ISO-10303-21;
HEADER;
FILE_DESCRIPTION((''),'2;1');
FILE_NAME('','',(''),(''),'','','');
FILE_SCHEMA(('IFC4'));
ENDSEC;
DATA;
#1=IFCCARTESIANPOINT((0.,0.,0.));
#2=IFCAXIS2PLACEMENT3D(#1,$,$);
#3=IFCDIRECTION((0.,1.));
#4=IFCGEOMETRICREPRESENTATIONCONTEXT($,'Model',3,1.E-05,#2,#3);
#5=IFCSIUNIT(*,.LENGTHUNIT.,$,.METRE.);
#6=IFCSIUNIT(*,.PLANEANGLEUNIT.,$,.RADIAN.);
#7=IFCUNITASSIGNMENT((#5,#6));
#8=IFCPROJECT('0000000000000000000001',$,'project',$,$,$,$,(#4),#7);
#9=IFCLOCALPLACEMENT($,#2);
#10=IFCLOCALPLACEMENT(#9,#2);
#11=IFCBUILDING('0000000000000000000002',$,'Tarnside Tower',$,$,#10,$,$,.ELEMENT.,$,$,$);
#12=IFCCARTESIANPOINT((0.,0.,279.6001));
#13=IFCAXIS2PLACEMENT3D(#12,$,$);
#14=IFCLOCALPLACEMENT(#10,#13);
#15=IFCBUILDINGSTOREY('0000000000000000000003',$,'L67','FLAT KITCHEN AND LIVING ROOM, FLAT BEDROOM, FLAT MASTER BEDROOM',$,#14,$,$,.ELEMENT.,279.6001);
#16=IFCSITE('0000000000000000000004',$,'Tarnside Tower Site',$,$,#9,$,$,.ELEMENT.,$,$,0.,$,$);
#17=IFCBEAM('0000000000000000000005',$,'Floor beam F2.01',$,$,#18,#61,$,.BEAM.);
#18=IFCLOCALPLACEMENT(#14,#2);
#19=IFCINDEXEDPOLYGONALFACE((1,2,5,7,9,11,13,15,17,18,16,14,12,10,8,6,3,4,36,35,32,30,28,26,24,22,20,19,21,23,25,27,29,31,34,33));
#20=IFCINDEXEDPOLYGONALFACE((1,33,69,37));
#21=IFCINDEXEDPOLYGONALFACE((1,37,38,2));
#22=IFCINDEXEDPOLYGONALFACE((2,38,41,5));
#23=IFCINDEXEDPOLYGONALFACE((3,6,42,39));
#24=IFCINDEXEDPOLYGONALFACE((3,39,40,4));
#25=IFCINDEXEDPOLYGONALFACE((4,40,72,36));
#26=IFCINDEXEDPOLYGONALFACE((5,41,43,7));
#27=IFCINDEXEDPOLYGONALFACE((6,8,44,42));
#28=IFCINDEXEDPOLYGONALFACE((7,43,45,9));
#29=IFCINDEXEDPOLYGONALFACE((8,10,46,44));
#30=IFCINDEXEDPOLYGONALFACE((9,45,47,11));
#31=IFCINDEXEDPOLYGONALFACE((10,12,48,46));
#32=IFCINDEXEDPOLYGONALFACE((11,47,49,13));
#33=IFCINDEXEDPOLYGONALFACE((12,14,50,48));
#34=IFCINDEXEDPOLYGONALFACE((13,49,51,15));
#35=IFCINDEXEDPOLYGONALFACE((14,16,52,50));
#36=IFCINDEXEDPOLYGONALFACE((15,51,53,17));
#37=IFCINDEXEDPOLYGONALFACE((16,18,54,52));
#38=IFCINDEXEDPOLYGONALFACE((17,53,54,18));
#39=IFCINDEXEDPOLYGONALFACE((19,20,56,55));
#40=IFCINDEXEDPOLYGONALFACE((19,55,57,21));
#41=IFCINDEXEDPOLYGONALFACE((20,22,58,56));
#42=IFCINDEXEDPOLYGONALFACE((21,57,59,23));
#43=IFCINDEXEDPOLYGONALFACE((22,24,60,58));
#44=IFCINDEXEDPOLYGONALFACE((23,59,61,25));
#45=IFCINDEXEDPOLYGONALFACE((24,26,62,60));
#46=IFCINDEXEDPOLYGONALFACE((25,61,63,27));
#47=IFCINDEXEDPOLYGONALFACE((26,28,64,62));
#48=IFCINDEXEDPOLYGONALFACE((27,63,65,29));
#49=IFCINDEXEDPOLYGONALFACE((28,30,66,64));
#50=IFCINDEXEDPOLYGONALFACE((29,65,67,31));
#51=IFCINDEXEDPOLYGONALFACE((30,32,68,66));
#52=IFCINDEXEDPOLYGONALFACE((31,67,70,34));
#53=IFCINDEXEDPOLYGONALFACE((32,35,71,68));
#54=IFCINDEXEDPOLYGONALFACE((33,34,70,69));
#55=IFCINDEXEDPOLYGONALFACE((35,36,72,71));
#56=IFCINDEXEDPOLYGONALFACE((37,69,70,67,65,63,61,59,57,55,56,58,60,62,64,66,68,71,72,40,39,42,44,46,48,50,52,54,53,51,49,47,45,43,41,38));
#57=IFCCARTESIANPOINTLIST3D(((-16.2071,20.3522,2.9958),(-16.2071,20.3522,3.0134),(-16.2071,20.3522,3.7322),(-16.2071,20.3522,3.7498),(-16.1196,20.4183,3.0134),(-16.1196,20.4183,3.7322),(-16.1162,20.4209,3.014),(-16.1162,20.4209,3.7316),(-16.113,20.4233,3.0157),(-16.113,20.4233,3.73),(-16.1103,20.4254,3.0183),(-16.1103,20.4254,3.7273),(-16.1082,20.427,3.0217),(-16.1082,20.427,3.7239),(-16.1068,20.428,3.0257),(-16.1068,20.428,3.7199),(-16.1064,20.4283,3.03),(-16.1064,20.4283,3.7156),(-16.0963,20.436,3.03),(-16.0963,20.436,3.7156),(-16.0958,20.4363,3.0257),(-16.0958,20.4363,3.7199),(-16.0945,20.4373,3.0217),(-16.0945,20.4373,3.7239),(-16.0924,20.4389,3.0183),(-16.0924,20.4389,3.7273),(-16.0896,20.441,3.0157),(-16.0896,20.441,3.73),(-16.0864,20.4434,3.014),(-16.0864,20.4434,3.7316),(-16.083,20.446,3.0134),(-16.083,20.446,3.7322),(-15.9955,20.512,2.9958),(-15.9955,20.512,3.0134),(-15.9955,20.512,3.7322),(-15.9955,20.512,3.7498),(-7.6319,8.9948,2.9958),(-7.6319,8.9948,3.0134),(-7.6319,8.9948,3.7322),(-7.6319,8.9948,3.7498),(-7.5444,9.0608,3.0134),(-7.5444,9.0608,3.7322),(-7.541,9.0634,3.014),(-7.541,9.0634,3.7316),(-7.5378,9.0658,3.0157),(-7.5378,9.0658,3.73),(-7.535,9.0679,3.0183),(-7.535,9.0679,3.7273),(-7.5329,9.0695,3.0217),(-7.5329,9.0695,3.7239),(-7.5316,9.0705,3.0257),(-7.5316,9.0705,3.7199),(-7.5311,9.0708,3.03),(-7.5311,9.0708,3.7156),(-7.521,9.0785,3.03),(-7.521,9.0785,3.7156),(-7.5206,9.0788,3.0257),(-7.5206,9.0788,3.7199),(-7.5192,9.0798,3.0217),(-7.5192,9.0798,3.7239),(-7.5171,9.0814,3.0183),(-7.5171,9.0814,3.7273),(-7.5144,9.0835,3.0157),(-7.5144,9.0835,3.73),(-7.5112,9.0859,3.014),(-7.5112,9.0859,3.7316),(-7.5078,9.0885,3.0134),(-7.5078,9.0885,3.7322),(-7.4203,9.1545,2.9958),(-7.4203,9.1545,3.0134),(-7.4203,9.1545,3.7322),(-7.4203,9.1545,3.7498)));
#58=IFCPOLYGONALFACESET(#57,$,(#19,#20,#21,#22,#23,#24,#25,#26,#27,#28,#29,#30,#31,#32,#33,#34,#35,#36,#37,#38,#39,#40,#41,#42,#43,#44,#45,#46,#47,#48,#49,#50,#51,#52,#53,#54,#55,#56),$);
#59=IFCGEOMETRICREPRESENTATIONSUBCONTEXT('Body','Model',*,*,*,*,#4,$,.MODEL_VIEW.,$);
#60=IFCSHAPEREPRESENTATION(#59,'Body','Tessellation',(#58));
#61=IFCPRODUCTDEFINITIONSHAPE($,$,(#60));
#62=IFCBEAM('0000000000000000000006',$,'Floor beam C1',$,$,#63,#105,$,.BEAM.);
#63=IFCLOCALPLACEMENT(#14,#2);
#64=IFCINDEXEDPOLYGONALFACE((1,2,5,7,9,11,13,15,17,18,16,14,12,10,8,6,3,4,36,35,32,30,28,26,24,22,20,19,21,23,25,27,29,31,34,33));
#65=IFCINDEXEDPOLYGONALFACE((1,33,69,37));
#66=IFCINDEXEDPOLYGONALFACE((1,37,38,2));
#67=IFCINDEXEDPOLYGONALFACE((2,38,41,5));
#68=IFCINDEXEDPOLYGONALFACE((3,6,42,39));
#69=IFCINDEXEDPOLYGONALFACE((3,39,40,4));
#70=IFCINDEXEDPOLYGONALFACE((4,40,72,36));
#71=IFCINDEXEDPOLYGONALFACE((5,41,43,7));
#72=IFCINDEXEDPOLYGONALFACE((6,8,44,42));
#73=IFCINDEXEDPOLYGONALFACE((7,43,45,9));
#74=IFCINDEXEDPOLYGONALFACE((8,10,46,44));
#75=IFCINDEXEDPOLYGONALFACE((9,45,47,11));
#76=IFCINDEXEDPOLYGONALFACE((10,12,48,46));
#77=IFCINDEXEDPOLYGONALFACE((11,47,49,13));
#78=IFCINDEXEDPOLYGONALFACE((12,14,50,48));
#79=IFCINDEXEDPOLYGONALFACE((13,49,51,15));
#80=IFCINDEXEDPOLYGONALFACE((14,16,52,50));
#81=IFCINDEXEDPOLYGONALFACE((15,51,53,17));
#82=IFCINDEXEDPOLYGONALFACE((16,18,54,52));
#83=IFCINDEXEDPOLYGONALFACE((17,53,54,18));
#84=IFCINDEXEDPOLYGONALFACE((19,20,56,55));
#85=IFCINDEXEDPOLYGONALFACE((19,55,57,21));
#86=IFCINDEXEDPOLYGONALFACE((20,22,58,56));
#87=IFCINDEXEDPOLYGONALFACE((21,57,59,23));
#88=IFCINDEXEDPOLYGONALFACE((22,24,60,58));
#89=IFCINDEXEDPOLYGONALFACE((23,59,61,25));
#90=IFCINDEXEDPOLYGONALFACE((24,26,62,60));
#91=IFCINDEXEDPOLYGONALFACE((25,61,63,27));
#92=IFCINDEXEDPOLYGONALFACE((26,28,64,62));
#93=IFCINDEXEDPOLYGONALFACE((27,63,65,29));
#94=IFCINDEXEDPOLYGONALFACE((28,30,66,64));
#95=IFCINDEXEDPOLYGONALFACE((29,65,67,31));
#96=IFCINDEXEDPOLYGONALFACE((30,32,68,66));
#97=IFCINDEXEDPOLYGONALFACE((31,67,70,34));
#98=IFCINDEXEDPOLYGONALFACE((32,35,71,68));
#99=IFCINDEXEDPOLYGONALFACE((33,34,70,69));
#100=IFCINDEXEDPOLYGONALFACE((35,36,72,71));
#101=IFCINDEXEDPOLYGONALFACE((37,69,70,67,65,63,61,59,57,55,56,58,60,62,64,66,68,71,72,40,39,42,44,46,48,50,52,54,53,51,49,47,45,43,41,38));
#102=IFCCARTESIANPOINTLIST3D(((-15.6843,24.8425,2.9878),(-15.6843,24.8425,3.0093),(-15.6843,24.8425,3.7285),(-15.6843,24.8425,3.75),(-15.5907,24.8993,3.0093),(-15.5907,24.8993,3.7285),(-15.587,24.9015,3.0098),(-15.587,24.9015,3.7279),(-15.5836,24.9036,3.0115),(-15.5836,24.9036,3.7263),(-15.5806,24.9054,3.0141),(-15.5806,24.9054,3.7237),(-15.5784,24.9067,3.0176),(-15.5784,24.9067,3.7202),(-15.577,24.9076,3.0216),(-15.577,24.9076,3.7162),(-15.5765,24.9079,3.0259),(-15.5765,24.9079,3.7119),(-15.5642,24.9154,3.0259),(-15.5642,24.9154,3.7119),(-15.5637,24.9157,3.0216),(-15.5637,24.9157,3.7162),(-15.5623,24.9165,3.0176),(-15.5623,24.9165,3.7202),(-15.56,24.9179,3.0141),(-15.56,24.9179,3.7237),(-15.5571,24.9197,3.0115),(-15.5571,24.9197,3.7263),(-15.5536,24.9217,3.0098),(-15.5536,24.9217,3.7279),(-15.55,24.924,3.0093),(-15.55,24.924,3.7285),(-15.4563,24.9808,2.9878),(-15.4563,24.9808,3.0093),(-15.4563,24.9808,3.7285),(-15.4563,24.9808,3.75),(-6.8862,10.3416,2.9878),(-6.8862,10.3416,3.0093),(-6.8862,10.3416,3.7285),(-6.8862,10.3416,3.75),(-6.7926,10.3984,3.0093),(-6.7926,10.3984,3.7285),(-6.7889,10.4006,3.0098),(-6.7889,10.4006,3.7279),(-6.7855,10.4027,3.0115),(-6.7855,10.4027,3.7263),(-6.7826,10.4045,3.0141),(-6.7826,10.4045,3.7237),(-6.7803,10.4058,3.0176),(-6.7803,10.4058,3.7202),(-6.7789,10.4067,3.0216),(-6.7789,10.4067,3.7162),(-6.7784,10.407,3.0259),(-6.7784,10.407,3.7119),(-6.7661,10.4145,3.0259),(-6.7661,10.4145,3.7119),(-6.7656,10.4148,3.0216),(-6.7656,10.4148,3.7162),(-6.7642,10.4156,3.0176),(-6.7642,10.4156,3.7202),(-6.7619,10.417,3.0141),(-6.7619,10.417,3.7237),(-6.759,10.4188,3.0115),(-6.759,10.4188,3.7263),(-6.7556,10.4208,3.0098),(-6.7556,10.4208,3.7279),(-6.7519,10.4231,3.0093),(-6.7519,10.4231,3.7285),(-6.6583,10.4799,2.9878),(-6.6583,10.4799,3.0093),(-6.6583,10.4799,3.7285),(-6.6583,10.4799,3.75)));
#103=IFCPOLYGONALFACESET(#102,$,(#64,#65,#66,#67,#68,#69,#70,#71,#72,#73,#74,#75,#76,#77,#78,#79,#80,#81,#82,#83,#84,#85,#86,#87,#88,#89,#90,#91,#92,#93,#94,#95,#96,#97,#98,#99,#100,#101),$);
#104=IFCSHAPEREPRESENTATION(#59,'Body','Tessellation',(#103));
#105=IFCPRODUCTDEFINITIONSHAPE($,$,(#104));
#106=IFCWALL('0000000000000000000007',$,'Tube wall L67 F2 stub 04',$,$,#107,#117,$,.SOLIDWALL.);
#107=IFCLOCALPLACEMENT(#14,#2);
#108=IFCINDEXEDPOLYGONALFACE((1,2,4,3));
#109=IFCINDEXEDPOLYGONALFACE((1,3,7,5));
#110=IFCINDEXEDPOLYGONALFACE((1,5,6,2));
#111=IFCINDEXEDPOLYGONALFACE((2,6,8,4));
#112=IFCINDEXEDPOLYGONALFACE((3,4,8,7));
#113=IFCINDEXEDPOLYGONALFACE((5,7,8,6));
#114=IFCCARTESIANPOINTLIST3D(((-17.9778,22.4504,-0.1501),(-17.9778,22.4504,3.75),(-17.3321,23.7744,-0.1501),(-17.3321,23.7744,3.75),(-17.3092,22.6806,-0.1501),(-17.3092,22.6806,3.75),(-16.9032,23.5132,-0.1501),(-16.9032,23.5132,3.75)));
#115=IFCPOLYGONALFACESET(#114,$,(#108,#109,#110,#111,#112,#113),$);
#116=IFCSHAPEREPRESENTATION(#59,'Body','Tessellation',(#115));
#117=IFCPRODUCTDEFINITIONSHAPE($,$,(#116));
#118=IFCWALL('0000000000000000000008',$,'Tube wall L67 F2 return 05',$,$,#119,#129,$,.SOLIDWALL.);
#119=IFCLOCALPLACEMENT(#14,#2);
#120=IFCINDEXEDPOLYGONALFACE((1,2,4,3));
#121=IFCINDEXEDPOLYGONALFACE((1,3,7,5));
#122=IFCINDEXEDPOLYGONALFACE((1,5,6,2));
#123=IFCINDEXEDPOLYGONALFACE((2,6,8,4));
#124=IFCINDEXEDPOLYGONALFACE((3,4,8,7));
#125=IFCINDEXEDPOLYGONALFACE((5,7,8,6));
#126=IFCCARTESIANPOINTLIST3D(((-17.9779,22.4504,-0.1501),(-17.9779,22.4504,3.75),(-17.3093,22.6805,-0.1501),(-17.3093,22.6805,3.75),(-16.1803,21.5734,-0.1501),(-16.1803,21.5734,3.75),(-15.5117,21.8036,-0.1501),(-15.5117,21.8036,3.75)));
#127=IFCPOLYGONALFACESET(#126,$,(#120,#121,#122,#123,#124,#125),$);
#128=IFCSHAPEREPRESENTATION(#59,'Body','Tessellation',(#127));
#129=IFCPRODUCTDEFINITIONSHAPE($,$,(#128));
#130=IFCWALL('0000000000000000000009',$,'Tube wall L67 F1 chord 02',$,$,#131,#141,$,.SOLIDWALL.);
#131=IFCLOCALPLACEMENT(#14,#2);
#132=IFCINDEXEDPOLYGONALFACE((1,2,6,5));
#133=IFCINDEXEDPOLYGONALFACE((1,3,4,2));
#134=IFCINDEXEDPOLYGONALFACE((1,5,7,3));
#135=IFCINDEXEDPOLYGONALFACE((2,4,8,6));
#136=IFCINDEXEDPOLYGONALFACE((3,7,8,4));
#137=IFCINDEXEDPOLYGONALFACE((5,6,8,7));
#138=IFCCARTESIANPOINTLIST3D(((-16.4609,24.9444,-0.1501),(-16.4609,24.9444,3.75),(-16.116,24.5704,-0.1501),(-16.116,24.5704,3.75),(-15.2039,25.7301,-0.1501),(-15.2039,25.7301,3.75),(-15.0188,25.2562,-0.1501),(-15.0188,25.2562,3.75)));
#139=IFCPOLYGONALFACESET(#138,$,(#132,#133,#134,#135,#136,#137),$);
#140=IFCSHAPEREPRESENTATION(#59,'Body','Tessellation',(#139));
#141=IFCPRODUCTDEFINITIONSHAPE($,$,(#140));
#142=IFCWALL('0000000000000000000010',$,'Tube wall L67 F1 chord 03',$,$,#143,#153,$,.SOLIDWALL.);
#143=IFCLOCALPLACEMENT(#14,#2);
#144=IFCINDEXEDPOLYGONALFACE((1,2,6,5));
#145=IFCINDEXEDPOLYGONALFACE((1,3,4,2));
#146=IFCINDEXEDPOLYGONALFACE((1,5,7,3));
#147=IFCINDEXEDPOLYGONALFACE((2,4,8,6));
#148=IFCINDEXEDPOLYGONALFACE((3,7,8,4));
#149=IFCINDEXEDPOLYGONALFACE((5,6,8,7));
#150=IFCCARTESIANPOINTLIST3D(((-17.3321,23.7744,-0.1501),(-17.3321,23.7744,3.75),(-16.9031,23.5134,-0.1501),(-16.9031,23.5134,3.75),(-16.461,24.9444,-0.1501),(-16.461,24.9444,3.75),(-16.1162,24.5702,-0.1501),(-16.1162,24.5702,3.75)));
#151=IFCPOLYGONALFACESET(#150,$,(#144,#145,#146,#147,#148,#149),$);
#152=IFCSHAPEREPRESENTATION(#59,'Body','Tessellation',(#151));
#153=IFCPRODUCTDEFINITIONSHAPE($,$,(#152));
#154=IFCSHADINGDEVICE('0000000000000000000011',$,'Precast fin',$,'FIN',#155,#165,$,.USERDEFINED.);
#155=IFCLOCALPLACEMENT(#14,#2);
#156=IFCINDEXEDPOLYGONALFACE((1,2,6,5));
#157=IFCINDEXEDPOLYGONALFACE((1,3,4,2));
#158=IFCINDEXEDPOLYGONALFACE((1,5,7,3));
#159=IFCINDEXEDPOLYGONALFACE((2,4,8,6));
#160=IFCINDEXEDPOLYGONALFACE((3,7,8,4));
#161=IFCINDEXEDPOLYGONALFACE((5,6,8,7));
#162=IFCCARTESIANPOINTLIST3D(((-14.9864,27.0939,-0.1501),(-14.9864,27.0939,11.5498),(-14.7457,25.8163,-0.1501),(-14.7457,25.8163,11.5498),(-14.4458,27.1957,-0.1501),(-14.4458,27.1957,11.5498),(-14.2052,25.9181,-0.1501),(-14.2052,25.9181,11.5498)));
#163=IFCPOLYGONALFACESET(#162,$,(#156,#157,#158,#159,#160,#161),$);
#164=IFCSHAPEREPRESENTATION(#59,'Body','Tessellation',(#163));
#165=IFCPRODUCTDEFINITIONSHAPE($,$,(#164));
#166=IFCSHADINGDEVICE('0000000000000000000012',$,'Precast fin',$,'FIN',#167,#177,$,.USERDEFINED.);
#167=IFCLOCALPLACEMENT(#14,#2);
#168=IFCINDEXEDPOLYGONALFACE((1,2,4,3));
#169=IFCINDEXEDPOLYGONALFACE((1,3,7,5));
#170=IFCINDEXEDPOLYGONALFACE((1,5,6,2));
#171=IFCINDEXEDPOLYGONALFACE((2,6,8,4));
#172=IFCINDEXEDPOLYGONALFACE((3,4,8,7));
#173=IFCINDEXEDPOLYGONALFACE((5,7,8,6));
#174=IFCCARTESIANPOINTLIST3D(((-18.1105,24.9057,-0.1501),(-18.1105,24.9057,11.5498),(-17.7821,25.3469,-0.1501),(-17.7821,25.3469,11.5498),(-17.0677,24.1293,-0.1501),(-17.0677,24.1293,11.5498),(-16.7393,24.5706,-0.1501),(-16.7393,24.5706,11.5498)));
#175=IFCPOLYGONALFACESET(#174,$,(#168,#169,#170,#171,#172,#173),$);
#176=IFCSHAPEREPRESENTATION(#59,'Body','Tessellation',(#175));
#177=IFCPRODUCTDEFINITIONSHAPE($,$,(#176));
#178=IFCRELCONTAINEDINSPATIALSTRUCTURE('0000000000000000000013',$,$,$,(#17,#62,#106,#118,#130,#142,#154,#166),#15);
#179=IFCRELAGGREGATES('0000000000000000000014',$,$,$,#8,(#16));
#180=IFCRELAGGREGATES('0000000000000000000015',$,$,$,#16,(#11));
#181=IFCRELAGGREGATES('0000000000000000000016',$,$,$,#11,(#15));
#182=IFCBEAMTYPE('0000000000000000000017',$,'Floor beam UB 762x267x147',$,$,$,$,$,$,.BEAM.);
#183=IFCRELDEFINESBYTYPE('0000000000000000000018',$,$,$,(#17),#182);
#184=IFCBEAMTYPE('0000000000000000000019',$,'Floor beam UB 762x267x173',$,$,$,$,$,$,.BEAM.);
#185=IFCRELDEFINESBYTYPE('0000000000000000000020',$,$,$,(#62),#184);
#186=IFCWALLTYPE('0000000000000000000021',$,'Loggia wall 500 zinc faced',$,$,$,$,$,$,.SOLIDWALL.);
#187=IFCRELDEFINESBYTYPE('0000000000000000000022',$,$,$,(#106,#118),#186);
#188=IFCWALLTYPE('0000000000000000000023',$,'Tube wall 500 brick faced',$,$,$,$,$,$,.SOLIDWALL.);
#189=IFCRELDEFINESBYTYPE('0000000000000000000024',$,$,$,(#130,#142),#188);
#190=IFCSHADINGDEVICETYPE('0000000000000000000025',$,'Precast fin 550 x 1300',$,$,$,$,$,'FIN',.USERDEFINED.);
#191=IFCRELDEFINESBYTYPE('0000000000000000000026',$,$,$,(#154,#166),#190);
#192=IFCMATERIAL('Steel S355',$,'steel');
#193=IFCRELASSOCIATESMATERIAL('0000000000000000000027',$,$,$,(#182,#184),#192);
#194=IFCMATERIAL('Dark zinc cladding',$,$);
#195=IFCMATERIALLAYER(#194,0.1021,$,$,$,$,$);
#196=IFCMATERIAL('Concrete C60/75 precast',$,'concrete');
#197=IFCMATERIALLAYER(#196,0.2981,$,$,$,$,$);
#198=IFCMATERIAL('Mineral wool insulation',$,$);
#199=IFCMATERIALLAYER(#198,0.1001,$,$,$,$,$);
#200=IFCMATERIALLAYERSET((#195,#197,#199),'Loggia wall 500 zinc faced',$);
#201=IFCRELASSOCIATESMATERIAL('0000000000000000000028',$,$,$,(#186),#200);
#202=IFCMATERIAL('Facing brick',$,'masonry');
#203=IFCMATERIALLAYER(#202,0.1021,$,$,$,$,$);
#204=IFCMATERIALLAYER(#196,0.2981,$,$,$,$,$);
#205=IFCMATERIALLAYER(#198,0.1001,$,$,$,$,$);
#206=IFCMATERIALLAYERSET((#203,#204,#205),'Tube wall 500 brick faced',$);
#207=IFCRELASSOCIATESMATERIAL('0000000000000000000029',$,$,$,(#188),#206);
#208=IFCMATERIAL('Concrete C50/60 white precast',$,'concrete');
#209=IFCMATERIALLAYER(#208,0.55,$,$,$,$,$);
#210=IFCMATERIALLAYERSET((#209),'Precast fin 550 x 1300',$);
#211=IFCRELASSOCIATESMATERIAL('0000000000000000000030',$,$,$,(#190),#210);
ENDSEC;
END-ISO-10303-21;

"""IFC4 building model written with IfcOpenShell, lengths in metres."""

from ifc_helpers import new_model, si_unit, direction, frame, origin, origin_2d, place, context, subcontext, project, spatial, polyline, i_section, outline, extrude, material, layer, layer_set, material_profile, profile_set, type_object, element, save


model = new_model("IFC4")

# Units and contexts
model_context = context("Model", 3, precision=1e-05, world=origin(), true_north=direction((0.0, 1.0)))
body_context = subcontext(model_context, "Body", "Model", "MODEL_VIEW")
ifc_project = project(units=[si_unit("LENGTHUNIT", "METRE"), si_unit("PLANEANGLEUNIT", "RADIAN")], contexts=[model_context])

# Site, building, storey
site_placement = place(None, origin())
site = spatial("IfcSite", under=ifc_project, at=site_placement, Name="Tarnside Tower Site", CompositionType="ELEMENT", RefElevation=0.0)
building_placement = place(site_placement, origin())
building = spatial("IfcBuilding", under=site, at=building_placement, Name="Tarnside Tower", CompositionType="ELEMENT")
storey_placement = place(building_placement, frame((0.0, 0.0, 279.6001)))
storey = spatial("IfcBuildingStorey", under=building, at=storey_placement, Name="L67", Description="FLAT KITCHEN AND LIVING ROOM, FLAT BEDROOM, FLAT MASTER BEDROOM", CompositionType="ELEMENT", Elevation=279.6001)

# Beams
ifc_material_1 = material(Name="Steel S355", Category="steel")
ifc_material_profile_1 = material_profile(ifc_material_1, i_section(OverallWidth=0.2651, OverallDepth=0.7539, WebThickness=0.0127, FlangeThickness=0.0176, FilletRadius=0.0166, at=origin_2d()), Name="UB 762x267x147")
ifc_profile_set_1 = profile_set([ifc_material_profile_1], Name="Steel S355")
beam_type_1 = type_object("IfcBeamType", Name="Floor beam UB 762x267x147", PredefinedType="BEAM", material=ifc_profile_set_1)
beam_1_placement = place(storey_placement, frame((-16.1013, 20.4321, 3.3728), z_axis=(0.602566, -0.798069, 0.0), x_axis=(0.798069, 0.602566, 0.0)))
element("IfcBeam", 1, at=beam_1_placement, inside=storey, type_object=beam_type_1, Name="Floor beam F2.01", PredefinedType="BEAM", context=body_context, shape_type="SweptSolid", body=[
    extrude(i_section(OverallWidth=0.2651, OverallDepth=0.7539, WebThickness=0.0127, FlangeThickness=0.0176, FilletRadius=0.0166, at=origin_2d()), origin(), (0.0, 0.0, 1.0), 14.2312),
])
ifc_material_profile_2 = material_profile(ifc_material_1, i_section(OverallWidth=0.2666, OverallDepth=0.7622, WebThickness=0.0144, FlangeThickness=0.0215, FilletRadius=0.0166, at=origin_2d()), Name="UB 762x267x173")
ifc_profile_set_2 = profile_set([ifc_material_profile_2], Name="Steel S355")
beam_type_2 = type_object("IfcBeamType", Name="Floor beam UB 762x267x173", PredefinedType="BEAM", material=ifc_profile_set_2)
beam_2_placement = place(storey_placement, frame((-15.5703, 24.9116, 3.3689), z_axis=(0.518717, -0.854946, 0.0), x_axis=(0.854946, 0.518717, 0.0)))
element("IfcBeam", 2, at=beam_2_placement, inside=storey, type_object=beam_type_2, Name="Floor beam C1", PredefinedType="BEAM", context=body_context, shape_type="SweptSolid", body=[
    extrude(i_section(OverallWidth=0.2666, OverallDepth=0.7622, WebThickness=0.0144, FlangeThickness=0.0215, FilletRadius=0.0166, at=origin_2d()), origin(), (0.0, 0.0, 1.0), 16.9612),
])

# Walls
ifc_material_2 = material(Name="Dark zinc cladding")
ifc_layer_1 = layer(ifc_material_2, 0.1021)
ifc_material_3 = material(Name="Concrete C60/75 precast", Category="concrete")
ifc_layer_2 = layer(ifc_material_3, 0.2981)
ifc_material_4 = material(Name="Mineral wool insulation")
ifc_layer_3 = layer(ifc_material_4, 0.1001)
ifc_layer_set_1 = layer_set([ifc_layer_1, ifc_layer_2, ifc_layer_3], Name="Loggia wall 500 zinc faced")
wall_type_1 = type_object("IfcWallType", Name="Loggia wall 500 zinc faced", PredefinedType="SOLIDWALL", material=ifc_layer_set_1)
wall_1_placement = place(storey_placement, frame((-17.1177, 23.6438, -0.1501), z_axis=(0.0, 0.0, 1.0), x_axis=(-0.438319, -0.898819, 0.0)))
element("IfcWall", 3, at=wall_1_placement, inside=storey, type_object=wall_type_1, Name="Tube wall L67 F2 stub 04", PredefinedType="SOLIDWALL", context=body_context, shape_type="SweptSolid", body=[
    extrude(outline(polyline([(-0.0234, -0.25), (1.4497, -0.25), (0.9497, 0.25), (0.0234, 0.25), (-0.0234, -0.25)])), origin(), (0.0, 0.0, 1.0), 3.9001),
])
wall_2_placement = place(storey_placement, frame((-17.6436, 22.5654, -0.1501), z_axis=(0.0, 0.0, 1.0), x_axis=(0.898754, -0.438452, 0.0)))
element("IfcWall", 4, at=wall_2_placement, inside=storey, type_object=wall_type_1, Name="Tube wall L67 F2 return 05", PredefinedType="SOLIDWALL", context=body_context, shape_type="SweptSolid", body=[
    extrude(outline(polyline([(-0.25, -0.25), (1.75, -0.25), (2.25, 0.25), (0.25, 0.25), (-0.25, -0.25)])), origin(), (0.0, 0.0, 1.0), 3.9001),
])

# Walls
ifc_material_5 = material(Name="Facing brick", Category="masonry")
ifc_layer_4 = layer(ifc_material_5, 0.1021)
ifc_layer_5 = layer(ifc_material_3, 0.2981)
ifc_layer_6 = layer(ifc_material_4, 0.1001)
ifc_layer_set_2 = layer_set([ifc_layer_4, ifc_layer_5, ifc_layer_6], Name="Tube wall 500 brick faced")
wall_type_2 = type_object("IfcWallType", Name="Tube wall 500 brick faced", PredefinedType="SOLIDWALL", material=ifc_layer_set_2)
wall_3_placement = place(storey_placement, frame((-15.1113, 25.4932, -0.1501), z_axis=(0.0, 0.0, 1.0), x_axis=(-0.847979, -0.530031, 0.0)))
element("IfcWall", 5, at=wall_3_placement, inside=storey, type_object=wall_type_2, Name="Tube wall L67 F1 chord 02", PredefinedType="SOLIDWALL", context=body_context, shape_type="SweptSolid", body=[
    extrude(outline(polyline([(-0.0471, -0.25), (1.4353, -0.25), (1.3411, 0.25), (0.0471, 0.25), (-0.0471, -0.25)])), origin(), (0.0, 0.0, 1.0), 3.9001),
])
wall_4_placement = place(storey_placement, frame((-16.2886, 24.7573, -0.1501), z_axis=(0.0, 0.0, 1.0), x_axis=(-0.597211, -0.802084, 0.0)))
element("IfcWall", 6, at=wall_4_placement, inside=storey, type_object=wall_type_2, Name="Tube wall L67 F1 chord 03", PredefinedType="SOLIDWALL", context=body_context, shape_type="SweptSolid", body=[
    extrude(outline(polyline([(-0.0471, -0.25), (1.4116, -0.25), (1.3647, 0.25), (0.0471, 0.25), (-0.0471, -0.25)])), origin(), (0.0, 0.0, 1.0), 3.9001),
])

# Shading devices
ifc_material_6 = material(Name="Concrete C50/60 white precast", Category="concrete")
ifc_layer_7 = layer(ifc_material_6, 0.55)
ifc_layer_set_3 = layer_set([ifc_layer_7], Name="Precast fin 550 x 1300")
shading_device_type_1 = type_object("IfcShadingDeviceType", Name="Precast fin 550 x 1300", ElementType="FIN", PredefinedType="USERDEFINED", material=ifc_layer_set_3)
for number, where, z_axis, x_axis, name in (
    (7, (-14.4756, 25.8672, -0.1501), (0.982721, 0.185095, 0.0), (-0.185095, 0.982721, 0.0), "Precast fin"),
    (8, (-16.9036, 24.3499, -0.1501), (0.597159, 0.802123, 0.0), (-0.802123, 0.597159, 0.0), "Precast fin"),
):
    element("IfcShadingDevice", number, at=place(storey_placement, frame(where, z_axis=z_axis, x_axis=x_axis)), inside=storey, type_object=shading_device_type_1, Name=name, ObjectType="FIN", PredefinedType="USERDEFINED", context=body_context, shape_type="SweptSolid", body=[
        extrude(outline(polyline([(0.0, 0.0), (1.3, 0.0), (1.3, 11.7), (0.0, 11.7), (0.0, 0.0)])), frame((0.0, 0.0, -0.2749)), (0.0, 0.0, 1.0), 0.55),
    ])

save(model, "model.ifc")
